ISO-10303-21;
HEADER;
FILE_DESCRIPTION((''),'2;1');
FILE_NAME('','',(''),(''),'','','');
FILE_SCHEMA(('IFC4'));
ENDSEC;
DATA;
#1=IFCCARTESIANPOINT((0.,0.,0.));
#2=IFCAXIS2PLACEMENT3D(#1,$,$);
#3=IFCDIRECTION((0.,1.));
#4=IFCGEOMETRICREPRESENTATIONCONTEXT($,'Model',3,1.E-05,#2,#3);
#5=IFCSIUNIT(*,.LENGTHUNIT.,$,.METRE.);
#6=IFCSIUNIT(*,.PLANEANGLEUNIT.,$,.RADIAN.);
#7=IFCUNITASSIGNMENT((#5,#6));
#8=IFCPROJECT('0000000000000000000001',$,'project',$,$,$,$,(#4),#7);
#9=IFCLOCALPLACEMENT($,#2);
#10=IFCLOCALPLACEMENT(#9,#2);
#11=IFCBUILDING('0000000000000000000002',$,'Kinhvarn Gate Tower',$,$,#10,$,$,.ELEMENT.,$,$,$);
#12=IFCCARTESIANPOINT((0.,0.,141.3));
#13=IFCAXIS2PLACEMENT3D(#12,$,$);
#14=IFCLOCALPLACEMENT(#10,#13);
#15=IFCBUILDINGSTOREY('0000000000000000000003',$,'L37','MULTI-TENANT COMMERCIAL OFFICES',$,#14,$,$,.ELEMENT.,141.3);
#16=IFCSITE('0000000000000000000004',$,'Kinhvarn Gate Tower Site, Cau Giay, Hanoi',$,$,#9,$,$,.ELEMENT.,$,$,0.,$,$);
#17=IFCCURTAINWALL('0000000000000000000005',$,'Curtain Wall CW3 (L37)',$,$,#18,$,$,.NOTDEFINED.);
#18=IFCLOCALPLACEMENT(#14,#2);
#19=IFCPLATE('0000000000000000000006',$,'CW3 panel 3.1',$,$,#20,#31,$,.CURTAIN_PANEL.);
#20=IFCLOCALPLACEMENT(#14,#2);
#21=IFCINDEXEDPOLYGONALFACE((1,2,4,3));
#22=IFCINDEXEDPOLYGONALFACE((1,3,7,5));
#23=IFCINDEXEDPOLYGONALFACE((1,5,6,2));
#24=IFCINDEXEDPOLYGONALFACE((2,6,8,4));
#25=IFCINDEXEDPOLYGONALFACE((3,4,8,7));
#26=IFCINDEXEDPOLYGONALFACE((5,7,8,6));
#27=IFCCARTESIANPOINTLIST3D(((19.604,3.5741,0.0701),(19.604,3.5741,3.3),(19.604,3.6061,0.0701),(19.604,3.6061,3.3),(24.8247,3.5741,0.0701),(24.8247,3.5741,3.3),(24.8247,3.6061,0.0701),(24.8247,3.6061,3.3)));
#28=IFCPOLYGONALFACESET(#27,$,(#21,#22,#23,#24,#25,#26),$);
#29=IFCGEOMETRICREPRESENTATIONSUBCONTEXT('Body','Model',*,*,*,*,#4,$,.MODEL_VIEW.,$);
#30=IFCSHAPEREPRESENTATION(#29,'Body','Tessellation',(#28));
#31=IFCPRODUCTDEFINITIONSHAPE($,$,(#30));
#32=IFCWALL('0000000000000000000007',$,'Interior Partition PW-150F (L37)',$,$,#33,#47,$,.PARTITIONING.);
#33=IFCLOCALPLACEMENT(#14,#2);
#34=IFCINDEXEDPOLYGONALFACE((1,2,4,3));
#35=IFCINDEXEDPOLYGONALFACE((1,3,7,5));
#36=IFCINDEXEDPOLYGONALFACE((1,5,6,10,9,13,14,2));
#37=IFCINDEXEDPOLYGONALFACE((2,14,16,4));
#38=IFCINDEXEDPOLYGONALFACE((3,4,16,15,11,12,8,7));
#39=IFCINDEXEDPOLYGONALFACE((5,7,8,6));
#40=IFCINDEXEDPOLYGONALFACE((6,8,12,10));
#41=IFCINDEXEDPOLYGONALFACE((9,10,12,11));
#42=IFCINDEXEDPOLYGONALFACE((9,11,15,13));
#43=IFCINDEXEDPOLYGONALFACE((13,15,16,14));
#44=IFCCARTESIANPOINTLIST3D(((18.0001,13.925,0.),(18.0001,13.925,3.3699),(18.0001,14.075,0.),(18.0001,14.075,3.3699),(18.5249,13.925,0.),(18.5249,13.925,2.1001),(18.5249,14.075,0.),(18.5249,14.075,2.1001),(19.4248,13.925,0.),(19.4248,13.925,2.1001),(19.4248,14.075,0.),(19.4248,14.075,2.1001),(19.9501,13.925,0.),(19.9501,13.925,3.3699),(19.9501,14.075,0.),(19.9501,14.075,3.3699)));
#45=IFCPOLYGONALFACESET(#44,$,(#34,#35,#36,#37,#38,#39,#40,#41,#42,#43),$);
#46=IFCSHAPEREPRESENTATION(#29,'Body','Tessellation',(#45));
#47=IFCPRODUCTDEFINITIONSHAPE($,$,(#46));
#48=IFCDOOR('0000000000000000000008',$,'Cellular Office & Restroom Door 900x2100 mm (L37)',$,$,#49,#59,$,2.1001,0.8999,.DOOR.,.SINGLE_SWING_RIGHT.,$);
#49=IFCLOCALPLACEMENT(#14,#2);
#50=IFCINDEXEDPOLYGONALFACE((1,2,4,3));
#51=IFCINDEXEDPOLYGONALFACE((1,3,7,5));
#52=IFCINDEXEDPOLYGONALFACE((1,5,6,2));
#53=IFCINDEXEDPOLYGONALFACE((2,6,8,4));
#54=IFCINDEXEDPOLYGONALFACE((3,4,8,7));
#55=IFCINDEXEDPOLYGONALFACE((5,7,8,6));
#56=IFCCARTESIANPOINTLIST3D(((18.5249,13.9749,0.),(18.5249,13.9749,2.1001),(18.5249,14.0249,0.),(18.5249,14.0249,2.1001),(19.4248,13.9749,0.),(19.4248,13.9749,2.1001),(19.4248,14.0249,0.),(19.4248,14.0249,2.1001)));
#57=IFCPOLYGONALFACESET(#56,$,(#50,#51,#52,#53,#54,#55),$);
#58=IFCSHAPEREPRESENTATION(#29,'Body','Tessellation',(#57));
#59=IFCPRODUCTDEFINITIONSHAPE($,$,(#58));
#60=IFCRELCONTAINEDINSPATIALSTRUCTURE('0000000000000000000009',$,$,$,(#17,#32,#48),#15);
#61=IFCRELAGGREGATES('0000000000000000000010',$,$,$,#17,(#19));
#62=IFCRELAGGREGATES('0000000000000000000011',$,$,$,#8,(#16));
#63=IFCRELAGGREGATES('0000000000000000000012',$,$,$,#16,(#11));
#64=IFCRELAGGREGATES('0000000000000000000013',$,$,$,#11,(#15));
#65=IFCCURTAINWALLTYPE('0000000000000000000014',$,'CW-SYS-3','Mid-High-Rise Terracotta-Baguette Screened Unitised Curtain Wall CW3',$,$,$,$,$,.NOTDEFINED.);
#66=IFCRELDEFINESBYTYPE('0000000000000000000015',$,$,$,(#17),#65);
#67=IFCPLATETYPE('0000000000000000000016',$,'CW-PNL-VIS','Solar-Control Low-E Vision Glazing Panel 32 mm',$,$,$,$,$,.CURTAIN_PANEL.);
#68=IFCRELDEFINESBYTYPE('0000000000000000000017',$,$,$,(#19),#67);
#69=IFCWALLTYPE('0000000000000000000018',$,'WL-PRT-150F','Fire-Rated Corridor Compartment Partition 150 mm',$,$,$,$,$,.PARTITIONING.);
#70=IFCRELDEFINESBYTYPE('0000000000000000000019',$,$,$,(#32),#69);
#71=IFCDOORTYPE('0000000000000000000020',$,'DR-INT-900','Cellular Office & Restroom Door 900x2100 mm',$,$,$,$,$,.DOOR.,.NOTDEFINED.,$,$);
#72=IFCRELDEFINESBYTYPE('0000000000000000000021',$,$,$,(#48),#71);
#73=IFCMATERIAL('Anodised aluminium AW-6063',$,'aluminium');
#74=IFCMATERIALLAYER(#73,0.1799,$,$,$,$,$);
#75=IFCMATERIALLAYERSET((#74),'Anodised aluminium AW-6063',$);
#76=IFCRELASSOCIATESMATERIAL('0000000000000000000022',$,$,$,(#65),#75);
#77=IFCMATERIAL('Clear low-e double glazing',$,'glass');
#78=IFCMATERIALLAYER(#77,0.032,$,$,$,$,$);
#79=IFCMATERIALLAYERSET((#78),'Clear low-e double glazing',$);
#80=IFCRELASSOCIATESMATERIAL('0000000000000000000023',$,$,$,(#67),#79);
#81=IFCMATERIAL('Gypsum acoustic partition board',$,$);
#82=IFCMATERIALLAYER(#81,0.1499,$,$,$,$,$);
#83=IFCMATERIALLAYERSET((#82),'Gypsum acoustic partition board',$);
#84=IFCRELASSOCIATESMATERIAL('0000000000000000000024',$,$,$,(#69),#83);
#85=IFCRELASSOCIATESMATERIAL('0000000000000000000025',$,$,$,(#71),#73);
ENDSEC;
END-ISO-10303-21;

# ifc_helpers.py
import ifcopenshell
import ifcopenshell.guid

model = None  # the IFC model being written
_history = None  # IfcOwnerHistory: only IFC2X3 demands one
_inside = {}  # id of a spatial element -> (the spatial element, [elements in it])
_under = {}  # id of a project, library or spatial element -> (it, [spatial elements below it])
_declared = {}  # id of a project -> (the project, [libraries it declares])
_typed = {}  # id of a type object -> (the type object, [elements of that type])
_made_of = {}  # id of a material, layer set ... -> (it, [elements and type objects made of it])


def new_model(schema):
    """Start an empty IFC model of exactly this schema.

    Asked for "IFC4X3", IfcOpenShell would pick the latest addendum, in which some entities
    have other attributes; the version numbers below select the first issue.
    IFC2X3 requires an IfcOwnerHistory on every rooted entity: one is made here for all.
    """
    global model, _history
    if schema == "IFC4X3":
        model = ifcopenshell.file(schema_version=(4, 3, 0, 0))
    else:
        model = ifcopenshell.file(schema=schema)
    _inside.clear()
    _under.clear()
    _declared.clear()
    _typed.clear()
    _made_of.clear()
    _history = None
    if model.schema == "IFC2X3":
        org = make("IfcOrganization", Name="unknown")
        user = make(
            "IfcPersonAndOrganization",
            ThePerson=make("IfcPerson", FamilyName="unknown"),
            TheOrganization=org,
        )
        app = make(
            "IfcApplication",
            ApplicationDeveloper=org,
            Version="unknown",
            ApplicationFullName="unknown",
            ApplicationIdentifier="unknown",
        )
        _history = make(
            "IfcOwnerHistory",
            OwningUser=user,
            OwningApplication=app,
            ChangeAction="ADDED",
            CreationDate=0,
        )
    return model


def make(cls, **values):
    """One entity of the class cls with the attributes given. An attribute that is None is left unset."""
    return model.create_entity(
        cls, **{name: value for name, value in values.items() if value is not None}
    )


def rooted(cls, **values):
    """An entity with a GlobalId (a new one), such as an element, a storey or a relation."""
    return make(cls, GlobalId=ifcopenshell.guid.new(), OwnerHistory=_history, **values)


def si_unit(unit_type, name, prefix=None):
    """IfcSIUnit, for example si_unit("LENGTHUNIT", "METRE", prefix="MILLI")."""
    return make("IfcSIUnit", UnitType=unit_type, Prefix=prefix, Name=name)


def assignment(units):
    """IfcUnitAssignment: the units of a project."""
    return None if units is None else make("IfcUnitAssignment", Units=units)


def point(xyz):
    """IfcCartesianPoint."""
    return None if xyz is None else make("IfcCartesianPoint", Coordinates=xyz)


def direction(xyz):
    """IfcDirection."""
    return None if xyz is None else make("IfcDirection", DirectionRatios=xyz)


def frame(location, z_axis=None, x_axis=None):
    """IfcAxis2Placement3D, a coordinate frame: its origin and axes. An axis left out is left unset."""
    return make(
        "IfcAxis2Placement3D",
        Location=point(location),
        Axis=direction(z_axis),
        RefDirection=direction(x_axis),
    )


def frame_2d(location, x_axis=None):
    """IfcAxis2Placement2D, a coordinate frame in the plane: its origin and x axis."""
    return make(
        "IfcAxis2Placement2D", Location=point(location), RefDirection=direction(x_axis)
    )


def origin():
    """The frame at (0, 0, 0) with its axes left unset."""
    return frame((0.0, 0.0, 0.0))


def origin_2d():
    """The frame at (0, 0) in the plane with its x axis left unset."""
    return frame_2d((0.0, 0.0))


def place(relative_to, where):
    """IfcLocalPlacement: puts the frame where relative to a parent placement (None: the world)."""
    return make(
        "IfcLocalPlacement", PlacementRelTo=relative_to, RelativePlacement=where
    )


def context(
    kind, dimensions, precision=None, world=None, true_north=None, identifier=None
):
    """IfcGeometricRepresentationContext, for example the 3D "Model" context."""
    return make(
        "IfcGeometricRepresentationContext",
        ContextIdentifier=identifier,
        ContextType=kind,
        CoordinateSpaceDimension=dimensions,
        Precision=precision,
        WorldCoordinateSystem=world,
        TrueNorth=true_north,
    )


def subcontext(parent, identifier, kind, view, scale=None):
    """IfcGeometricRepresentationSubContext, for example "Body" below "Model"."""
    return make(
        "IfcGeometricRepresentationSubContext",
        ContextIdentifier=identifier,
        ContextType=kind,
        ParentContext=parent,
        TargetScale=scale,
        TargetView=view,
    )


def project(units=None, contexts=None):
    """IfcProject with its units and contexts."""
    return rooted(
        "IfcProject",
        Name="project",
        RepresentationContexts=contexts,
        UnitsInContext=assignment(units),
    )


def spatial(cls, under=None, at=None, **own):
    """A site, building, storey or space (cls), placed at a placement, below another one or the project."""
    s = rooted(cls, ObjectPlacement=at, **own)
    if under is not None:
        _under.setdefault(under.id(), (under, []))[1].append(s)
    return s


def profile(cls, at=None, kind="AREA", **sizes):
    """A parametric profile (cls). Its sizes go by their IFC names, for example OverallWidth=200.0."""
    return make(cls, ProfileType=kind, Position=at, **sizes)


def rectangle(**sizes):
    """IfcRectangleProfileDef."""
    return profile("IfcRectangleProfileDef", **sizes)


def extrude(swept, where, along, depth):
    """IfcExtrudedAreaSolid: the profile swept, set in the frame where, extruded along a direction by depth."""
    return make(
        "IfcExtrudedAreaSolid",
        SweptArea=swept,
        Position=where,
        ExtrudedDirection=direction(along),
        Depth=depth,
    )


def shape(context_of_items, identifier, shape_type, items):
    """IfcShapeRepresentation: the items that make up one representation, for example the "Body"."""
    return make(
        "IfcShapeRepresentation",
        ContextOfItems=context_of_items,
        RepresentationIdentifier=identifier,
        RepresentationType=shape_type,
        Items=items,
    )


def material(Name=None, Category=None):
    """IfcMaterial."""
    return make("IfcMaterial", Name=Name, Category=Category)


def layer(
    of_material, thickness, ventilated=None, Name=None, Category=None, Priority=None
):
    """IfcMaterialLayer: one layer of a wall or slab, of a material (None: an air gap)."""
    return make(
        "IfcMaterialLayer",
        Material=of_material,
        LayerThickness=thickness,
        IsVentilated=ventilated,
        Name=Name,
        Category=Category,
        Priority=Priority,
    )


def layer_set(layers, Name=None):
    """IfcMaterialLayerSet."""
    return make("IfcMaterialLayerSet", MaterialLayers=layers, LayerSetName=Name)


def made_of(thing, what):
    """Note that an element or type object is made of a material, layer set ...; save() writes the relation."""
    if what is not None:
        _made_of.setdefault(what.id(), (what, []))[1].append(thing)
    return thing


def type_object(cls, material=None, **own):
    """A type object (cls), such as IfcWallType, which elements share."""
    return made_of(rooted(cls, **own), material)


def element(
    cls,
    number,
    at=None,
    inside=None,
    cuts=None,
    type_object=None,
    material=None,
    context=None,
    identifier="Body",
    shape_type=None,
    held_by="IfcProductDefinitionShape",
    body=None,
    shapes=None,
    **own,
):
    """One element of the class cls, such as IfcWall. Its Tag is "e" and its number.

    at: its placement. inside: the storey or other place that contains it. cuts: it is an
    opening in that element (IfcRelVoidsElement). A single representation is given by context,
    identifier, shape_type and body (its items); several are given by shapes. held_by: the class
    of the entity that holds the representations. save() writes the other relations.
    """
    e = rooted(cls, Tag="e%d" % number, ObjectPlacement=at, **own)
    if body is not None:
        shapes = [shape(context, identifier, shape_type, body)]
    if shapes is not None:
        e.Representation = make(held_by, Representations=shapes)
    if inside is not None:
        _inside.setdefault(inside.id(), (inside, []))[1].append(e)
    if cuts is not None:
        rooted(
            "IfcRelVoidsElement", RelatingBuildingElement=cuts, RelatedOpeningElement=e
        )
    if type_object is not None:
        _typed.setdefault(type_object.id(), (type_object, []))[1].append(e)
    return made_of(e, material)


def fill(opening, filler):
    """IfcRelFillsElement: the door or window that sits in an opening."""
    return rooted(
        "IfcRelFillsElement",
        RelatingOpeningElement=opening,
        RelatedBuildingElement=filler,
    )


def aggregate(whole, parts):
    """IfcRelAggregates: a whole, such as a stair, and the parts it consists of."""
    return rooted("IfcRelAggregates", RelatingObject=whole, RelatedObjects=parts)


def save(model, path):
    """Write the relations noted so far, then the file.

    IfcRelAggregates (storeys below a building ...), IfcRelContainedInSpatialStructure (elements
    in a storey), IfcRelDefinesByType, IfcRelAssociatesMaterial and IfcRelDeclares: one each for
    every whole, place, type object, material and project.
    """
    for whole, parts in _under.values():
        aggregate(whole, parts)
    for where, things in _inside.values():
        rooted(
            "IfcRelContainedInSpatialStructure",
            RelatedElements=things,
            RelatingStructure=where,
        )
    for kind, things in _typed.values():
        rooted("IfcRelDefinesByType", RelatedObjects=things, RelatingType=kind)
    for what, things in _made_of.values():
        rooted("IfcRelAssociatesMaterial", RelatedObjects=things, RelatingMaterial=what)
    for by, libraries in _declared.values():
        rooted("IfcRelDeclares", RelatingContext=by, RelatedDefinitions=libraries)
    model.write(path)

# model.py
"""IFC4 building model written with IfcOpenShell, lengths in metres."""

from ifc_helpers import new_model, si_unit, direction, frame, frame_2d, origin, origin_2d, place, context, subcontext, project, spatial, rectangle, extrude, material, layer, layer_set, type_object, element, fill, aggregate, save


model = new_model("IFC4")

# Units and contexts
model_context = context("Model", 3, precision=1e-05, world=origin(), true_north=direction((0.0, 1.0)))
body_context = subcontext(model_context, "Body", "Model", "MODEL_VIEW")
ifc_project = project(units=[si_unit("LENGTHUNIT", "METRE"), si_unit("PLANEANGLEUNIT", "RADIAN")], contexts=[model_context])

# Site, building, storey
site_placement = place(None, origin())
site = spatial("IfcSite", under=ifc_project, at=site_placement, Name="Kinhvarn Gate Tower Site, Cau Giay, Hanoi", CompositionType="ELEMENT", RefElevation=0.0)
building_placement = place(site_placement, origin())
building = spatial("IfcBuilding", under=site, at=building_placement, Name="Kinhvarn Gate Tower", CompositionType="ELEMENT")
storey_placement = place(building_placement, frame((0.0, 0.0, 141.3)))
storey = spatial("IfcBuildingStorey", under=building, at=storey_placement, Name="L37", Description="MULTI-TENANT COMMERCIAL OFFICES", CompositionType="ELEMENT", Elevation=141.3)

# Curtain wall
ifc_material_1 = material(Name="Anodised aluminium AW-6063", Category="aluminium")
ifc_layer_1 = layer(ifc_material_1, 0.1799)
ifc_layer_set_1 = layer_set([ifc_layer_1], Name="Anodised aluminium AW-6063")
curtain_wall_type = type_object("IfcCurtainWallType", Name="CW-SYS-3", Description="Mid-High-Rise Terracotta-Baguette Screened Unitised Curtain Wall CW3", PredefinedType="NOTDEFINED", material=ifc_layer_set_1)
curtain_wall_placement = place(storey_placement, origin())
curtain_wall = element("IfcCurtainWall", 1, at=curtain_wall_placement, inside=storey, type_object=curtain_wall_type, Name="Curtain Wall CW3 (L37)", PredefinedType="NOTDEFINED")

# Plate
ifc_material_2 = material(Name="Clear low-e double glazing", Category="glass")
ifc_layer_2 = layer(ifc_material_2, 0.032)
ifc_layer_set_2 = layer_set([ifc_layer_2], Name="Clear low-e double glazing")
plate_type = type_object("IfcPlateType", Name="CW-PNL-VIS", Description="Solar-Control Low-E Vision Glazing Panel 32 mm", PredefinedType="CURTAIN_PANEL", material=ifc_layer_set_2)
plate_1_placement = place(storey_placement, frame((22.2144, 3.5901, 0.0701), z_axis=(0.0, 0.0, 1.0), x_axis=(1.0, 0.0, 0.0)))
plate_1 = element("IfcPlate", 2, at=plate_1_placement, type_object=plate_type, Name="CW3 panel 3.1", PredefinedType="CURTAIN_PANEL", context=body_context, shape_type="SweptSolid", body=[
    extrude(rectangle(XDim=5.2207, YDim=0.032, at=origin_2d()), origin(), (0.0, 0.0, 1.0), 3.23),
])
aggregate(curtain_wall, [plate_1])

# Wall, opening, door
ifc_material_3 = material(Name="Gypsum acoustic partition board")
ifc_layer_3 = layer(ifc_material_3, 0.1499)
ifc_layer_set_3 = layer_set([ifc_layer_3], Name="Gypsum acoustic partition board")
wall_type = type_object("IfcWallType", Name="WL-PRT-150F", Description="Fire-Rated Corridor Compartment Partition 150 mm", PredefinedType="PARTITIONING", material=ifc_layer_set_3)
wall_placement = place(storey_placement, frame((18.0, 14.0, 0.0), z_axis=(0.0, 0.0, 1.0), x_axis=(1.0, 0.0, 0.0)))
wall = element("IfcWall", 3, at=wall_placement, inside=storey, type_object=wall_type, Name="Interior Partition PW-150F (L37)", PredefinedType="PARTITIONING", context=body_context, shape_type="SweptSolid", body=[
    extrude(rectangle(XDim=1.95, YDim=0.1499, at=frame_2d((0.9751, 0.0))), origin(), (0.0, 0.0, 1.0), 3.3699),
])
opening_placement = place(wall_placement, frame((0.5249, 0.0, 0.0)))
opening = element("IfcOpeningElement", 4, at=opening_placement, cuts=wall, PredefinedType="OPENING", context=body_context, shape_type="SweptSolid", body=[
    extrude(rectangle(XDim=0.8999, YDim=2.1001, at=frame_2d((0.45, 1.05))), frame((0.0, 0.085, 0.0), z_axis=(0.0, -1.0, 0.0), x_axis=(1.0, 0.0, 0.0)), (0.0, 0.0, 1.0), 0.1699),
])
door_type = type_object("IfcDoorType", Name="DR-INT-900", Description="Cellular Office & Restroom Door 900x2100 mm", OperationType="NOTDEFINED", PredefinedType="DOOR", material=ifc_material_1)
door_placement = place(opening_placement, origin())
door = element("IfcDoor", 5, at=door_placement, inside=storey, type_object=door_type, Name="Cellular Office & Restroom Door 900x2100 mm (L37)", OperationType="SINGLE_SWING_RIGHT", OverallHeight=2.1001, OverallWidth=0.8999, PredefinedType="DOOR", context=body_context, shape_type="SweptSolid", body=[
    extrude(rectangle(XDim=0.8999, YDim=2.1001, at=frame_2d((0.45, 1.05))), frame((0.0, 0.0249, 0.0), z_axis=(0.0, -1.0, 0.0), x_axis=(1.0, 0.0, 0.0)), (0.0, 0.0, 1.0), 0.05),
])
fill(opening, door)

save(model, "model.ifc")
